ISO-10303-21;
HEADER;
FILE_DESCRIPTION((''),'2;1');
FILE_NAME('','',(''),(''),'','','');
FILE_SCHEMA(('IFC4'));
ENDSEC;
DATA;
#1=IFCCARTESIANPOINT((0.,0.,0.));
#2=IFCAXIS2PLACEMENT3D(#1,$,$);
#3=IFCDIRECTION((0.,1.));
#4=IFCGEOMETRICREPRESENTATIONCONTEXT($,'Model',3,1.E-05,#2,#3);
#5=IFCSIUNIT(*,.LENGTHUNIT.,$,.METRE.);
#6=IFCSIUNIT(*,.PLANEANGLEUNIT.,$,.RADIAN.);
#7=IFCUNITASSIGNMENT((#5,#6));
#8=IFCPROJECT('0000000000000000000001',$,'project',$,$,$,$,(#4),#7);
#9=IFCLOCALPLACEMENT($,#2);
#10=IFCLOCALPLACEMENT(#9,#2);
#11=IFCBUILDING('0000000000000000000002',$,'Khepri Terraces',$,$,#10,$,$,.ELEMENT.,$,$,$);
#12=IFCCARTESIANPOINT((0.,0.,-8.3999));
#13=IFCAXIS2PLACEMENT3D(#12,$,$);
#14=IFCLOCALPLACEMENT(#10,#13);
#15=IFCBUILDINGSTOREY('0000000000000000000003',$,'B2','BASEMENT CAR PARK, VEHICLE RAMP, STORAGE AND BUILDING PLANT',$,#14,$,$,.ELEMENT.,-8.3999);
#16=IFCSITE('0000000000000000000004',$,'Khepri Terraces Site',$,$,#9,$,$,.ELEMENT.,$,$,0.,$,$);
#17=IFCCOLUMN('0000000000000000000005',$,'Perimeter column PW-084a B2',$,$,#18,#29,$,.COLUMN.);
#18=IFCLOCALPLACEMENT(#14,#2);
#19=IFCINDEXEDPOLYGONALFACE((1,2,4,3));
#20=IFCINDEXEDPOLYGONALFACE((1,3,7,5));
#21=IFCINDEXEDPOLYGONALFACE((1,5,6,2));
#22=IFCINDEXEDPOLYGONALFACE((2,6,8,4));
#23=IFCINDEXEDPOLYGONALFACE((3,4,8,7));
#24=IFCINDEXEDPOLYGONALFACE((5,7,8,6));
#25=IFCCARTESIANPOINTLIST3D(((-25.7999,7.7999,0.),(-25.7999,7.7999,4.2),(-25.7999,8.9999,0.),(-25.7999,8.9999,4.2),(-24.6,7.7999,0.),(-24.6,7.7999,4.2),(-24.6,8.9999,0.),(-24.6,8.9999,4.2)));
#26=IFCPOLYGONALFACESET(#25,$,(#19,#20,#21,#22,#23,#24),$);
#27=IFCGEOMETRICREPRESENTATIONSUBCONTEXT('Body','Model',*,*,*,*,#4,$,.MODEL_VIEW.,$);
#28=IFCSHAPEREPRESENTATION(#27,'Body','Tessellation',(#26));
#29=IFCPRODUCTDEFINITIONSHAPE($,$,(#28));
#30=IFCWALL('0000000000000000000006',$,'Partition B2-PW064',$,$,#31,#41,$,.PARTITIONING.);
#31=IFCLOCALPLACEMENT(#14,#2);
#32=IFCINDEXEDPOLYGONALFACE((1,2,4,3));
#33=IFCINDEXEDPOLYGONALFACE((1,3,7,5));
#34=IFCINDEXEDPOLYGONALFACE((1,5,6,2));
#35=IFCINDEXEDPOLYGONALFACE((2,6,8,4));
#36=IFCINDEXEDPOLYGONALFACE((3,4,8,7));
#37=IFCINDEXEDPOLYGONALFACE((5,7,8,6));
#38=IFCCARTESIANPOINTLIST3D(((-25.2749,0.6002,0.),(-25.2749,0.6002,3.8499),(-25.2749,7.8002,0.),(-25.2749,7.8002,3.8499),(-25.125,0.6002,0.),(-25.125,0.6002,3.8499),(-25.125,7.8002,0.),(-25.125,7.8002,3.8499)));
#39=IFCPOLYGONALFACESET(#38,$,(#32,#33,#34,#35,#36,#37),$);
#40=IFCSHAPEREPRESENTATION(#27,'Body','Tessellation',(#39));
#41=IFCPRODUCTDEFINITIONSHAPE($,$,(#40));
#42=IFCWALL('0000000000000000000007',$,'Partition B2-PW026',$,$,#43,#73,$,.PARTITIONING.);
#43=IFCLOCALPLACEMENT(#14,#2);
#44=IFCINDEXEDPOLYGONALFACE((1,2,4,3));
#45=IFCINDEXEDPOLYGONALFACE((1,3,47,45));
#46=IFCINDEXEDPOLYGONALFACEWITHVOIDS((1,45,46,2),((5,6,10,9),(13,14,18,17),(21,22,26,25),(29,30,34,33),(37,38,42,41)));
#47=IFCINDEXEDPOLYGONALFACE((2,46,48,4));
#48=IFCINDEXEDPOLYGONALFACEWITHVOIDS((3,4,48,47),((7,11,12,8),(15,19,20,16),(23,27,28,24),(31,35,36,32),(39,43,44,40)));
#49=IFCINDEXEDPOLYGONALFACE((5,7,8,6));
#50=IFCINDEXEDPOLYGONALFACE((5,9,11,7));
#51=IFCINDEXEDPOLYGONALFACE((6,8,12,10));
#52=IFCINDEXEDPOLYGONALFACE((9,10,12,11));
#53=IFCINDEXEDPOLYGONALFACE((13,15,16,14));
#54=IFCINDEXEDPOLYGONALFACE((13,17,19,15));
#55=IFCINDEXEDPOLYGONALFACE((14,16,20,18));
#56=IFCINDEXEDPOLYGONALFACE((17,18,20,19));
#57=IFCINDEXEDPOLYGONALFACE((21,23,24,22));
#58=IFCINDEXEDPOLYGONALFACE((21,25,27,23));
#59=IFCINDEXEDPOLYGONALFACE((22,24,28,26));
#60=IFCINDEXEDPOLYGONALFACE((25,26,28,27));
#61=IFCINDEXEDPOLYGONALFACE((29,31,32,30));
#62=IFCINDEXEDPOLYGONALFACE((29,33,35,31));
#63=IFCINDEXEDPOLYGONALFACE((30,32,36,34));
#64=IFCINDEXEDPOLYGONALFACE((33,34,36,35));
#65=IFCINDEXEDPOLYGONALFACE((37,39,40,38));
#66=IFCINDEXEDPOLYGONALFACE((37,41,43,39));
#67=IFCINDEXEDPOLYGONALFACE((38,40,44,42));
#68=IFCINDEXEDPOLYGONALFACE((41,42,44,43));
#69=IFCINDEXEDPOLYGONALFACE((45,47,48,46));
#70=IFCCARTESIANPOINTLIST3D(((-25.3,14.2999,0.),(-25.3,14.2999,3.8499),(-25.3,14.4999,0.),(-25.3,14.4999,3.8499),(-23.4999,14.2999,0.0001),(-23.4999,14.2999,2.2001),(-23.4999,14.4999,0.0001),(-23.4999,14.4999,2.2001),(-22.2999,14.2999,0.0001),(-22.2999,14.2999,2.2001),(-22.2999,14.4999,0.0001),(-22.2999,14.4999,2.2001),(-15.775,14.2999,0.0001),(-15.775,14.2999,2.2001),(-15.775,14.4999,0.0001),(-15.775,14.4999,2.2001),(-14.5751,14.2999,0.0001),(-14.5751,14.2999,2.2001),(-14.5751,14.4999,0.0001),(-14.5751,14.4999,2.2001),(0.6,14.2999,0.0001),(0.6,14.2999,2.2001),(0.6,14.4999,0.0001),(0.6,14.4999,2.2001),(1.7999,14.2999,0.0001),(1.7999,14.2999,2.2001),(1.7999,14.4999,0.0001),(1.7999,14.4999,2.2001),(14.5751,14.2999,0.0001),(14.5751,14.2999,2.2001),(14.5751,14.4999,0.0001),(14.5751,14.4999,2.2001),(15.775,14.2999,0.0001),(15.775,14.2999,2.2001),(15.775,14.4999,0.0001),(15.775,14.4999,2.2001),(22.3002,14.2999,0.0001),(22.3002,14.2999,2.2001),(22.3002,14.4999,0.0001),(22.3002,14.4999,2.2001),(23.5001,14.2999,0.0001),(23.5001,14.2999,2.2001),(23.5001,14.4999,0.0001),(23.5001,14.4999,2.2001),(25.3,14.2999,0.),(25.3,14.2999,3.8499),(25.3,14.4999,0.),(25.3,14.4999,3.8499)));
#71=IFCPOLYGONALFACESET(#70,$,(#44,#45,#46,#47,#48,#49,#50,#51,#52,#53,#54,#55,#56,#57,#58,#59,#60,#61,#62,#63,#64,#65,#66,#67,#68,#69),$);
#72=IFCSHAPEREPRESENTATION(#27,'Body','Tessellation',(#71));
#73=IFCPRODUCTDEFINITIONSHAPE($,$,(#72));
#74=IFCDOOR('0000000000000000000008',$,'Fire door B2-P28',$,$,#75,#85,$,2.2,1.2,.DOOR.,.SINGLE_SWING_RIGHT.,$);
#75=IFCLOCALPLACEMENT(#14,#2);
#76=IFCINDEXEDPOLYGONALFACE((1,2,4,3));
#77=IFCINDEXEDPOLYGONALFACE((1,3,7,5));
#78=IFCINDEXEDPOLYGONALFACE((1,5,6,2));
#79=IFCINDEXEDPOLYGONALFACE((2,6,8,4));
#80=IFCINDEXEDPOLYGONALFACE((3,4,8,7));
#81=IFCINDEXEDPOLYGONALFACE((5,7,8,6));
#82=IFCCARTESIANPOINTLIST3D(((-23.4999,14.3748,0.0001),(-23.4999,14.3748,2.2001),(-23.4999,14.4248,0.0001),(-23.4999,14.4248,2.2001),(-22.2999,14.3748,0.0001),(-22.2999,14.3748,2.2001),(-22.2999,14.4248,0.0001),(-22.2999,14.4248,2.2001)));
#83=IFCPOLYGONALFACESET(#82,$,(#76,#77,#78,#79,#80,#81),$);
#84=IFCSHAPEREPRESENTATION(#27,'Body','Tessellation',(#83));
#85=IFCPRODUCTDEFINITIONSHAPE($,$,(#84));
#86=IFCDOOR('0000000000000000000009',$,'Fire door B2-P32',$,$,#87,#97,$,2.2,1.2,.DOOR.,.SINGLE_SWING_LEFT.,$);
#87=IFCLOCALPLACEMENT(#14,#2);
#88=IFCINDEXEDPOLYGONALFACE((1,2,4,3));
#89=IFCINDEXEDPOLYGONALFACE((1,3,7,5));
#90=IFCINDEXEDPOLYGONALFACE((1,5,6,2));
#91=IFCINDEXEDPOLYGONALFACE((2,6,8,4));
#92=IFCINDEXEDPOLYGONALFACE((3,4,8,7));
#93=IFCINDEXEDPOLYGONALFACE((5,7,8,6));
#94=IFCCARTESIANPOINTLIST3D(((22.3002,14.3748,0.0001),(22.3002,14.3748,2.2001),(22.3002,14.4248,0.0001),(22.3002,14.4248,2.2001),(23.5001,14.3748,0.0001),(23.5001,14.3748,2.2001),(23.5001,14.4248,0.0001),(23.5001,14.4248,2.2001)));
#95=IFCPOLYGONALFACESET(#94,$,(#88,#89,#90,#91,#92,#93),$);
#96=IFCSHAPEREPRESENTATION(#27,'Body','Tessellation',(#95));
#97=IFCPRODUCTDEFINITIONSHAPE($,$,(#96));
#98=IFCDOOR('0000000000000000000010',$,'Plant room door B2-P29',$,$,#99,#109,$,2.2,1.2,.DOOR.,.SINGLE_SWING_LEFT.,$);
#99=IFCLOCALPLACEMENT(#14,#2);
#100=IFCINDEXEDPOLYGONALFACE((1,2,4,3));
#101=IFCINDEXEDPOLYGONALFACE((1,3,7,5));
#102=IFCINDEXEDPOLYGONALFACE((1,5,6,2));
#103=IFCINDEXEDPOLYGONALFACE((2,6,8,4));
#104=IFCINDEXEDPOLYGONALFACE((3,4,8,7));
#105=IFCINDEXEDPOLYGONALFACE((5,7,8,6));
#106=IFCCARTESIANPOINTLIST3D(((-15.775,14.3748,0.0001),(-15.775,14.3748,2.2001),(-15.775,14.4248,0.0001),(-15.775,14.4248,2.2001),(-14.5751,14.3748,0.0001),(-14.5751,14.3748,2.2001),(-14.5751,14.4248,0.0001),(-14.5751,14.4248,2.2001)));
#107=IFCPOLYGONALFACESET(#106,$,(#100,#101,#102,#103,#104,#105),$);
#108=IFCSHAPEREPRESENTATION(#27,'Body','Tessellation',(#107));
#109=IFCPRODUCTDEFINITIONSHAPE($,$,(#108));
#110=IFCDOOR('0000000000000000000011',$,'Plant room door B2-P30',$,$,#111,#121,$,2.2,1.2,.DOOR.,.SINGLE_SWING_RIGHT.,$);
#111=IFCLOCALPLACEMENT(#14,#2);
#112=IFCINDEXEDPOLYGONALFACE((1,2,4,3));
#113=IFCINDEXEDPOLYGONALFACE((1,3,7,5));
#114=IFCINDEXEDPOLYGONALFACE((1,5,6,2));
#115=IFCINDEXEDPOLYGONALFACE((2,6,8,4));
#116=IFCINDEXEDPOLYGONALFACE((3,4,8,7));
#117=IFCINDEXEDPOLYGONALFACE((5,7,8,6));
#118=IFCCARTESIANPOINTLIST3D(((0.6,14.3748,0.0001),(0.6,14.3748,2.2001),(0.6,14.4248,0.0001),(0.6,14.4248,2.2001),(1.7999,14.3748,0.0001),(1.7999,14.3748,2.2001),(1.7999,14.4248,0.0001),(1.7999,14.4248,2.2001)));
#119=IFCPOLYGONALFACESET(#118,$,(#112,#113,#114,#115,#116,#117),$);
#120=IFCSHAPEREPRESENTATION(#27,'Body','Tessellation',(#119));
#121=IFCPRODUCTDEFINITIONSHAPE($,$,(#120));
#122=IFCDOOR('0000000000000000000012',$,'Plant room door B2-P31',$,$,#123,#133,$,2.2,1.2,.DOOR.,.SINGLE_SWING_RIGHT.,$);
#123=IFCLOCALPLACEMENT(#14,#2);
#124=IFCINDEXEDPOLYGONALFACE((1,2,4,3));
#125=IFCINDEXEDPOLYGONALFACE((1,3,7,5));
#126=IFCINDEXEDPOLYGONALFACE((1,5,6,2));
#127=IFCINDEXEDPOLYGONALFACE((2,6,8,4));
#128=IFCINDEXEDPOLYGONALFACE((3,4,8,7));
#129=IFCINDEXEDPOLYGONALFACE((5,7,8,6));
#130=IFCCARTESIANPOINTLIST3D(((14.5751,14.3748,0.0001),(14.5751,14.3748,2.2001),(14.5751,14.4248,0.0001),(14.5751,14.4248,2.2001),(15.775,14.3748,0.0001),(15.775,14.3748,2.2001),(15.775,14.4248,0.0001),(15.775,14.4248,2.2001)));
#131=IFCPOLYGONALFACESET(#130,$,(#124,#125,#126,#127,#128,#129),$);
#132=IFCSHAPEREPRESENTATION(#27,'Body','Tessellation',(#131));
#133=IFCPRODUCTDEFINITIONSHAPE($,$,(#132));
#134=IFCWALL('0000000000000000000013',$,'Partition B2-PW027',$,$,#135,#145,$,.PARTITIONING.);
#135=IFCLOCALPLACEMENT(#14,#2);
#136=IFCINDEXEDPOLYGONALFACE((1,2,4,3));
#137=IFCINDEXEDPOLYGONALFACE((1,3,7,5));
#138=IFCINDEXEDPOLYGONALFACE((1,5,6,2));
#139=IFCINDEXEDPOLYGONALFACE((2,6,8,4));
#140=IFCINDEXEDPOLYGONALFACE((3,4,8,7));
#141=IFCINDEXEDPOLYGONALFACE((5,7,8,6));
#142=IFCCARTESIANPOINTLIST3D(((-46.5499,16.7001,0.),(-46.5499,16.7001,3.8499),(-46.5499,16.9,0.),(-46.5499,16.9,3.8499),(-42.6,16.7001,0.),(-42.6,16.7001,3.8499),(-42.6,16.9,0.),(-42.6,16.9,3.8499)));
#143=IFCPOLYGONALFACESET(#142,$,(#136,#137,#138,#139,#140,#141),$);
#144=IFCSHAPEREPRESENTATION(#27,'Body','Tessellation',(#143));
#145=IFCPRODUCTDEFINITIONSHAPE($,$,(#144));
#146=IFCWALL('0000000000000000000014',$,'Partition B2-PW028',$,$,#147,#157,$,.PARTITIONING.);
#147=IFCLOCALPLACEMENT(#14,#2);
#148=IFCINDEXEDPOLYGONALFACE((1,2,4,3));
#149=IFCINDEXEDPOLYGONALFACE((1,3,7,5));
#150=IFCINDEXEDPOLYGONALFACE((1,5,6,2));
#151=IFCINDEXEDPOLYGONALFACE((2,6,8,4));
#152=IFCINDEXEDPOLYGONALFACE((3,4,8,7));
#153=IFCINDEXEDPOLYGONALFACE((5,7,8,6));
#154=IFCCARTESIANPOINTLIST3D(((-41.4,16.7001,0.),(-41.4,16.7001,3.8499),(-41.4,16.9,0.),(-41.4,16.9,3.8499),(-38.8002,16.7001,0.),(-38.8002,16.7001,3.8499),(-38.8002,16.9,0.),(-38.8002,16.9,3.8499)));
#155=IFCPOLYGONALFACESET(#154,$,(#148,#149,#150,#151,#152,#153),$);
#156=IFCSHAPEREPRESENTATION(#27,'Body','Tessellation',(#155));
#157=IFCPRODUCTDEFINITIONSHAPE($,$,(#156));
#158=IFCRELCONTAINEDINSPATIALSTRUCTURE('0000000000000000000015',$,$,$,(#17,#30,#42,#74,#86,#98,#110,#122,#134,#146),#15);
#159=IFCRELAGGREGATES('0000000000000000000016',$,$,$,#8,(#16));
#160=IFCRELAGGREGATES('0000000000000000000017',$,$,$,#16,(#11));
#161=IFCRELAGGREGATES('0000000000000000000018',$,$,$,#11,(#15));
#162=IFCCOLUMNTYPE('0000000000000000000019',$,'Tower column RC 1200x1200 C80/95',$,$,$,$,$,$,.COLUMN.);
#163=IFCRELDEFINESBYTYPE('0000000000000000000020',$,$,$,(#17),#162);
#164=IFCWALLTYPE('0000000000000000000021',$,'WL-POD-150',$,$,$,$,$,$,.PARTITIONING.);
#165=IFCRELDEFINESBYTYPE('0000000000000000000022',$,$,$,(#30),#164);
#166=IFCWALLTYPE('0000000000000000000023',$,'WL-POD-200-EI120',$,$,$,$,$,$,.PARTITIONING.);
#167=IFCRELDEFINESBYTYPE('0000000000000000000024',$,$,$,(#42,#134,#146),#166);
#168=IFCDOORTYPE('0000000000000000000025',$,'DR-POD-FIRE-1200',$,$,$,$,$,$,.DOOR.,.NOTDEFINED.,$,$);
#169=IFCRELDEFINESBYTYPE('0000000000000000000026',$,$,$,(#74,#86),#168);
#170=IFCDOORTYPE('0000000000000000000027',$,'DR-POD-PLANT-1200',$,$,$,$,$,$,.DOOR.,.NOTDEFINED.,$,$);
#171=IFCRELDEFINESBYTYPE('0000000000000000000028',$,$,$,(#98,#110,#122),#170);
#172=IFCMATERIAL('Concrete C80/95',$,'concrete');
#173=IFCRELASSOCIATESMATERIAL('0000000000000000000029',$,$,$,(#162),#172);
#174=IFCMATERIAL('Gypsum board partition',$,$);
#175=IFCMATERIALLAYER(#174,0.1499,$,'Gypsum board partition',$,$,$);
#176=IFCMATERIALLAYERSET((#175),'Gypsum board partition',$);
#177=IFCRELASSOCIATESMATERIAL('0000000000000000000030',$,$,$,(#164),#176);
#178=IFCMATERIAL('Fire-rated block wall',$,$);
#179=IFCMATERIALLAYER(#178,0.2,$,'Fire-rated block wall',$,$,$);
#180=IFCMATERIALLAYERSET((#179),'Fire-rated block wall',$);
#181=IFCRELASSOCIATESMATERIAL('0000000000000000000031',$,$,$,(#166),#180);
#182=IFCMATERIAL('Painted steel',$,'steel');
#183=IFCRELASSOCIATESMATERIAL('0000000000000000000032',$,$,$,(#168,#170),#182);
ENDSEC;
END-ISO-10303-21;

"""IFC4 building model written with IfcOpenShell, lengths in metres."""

from ifc_helpers import new_model, si_unit, direction, frame, frame_2d, origin, origin_2d, place, context, subcontext, project, spatial, rectangle, extrude, material, layer, layer_set, material_profile, profile_set, type_object, element, fill, save


model = new_model("IFC4")

# Units and contexts
model_context = context("Model", 3, precision=1e-05, world=origin(), true_north=direction((0.0, 1.0)))
body_context = subcontext(model_context, "Body", "Model", "MODEL_VIEW")
ifc_project = project(units=[si_unit("LENGTHUNIT", "METRE"), si_unit("PLANEANGLEUNIT", "RADIAN")], contexts=[model_context])

# Site, building, storey
site_placement = place(None, origin())
site = spatial("IfcSite", under=ifc_project, at=site_placement, Name="Khepri Terraces Site", CompositionType="ELEMENT", RefElevation=0.0)
building_placement = place(site_placement, origin())
building = spatial("IfcBuilding", under=site, at=building_placement, Name="Khepri Terraces", CompositionType="ELEMENT")
storey_placement = place(building_placement, frame((0.0, 0.0, -8.3999)))
storey = spatial("IfcBuildingStorey", under=building, at=storey_placement, Name="B2", Description="BASEMENT CAR PARK, VEHICLE RAMP, STORAGE AND BUILDING PLANT", CompositionType="ELEMENT", Elevation=-8.3999)

# Column
ifc_material_1 = material(Name="Concrete C80/95", Category="concrete")
ifc_material_profile_1 = material_profile(ifc_material_1, rectangle(XDim=1.2, YDim=1.2, at=origin_2d()), Name="Concrete C80/95", Category="concrete")
ifc_profile_set_1 = profile_set([ifc_material_profile_1], Name="Concrete C80/95")
column_type_1 = type_object("IfcColumnType", Name="Tower column RC 1200x1200 C80/95", PredefinedType="COLUMN", material=ifc_profile_set_1)
column_placement = place(storey_placement, frame((-25.2, 8.3999, 0.0), z_axis=(0.0, 0.0, 1.0), x_axis=(1.0, 0.0, 0.0)))
element("IfcColumn", 1, at=column_placement, inside=storey, type_object=column_type_1, Name="Perimeter column PW-084a B2", PredefinedType="COLUMN", context=body_context, shape_type="SweptSolid", body=[
    extrude(rectangle(XDim=1.2, YDim=1.2, at=origin_2d()), origin(), (0.0, 0.0, 1.0), 4.2),
])

# Wall
ifc_material_2 = material(Name="Gypsum board partition")
ifc_layer_1 = layer(ifc_material_2, 0.1499, Name="Gypsum board partition")
ifc_layer_set_1 = layer_set([ifc_layer_1], Name="Gypsum board partition")
wall_type_1 = type_object("IfcWallType", Name="WL-POD-150", PredefinedType="PARTITIONING", material=ifc_layer_set_1)
wall_1_placement = place(storey_placement, frame((-25.2, 0.6001, 0.0), z_axis=(0.0, 0.0, 1.0), x_axis=(0.0, 1.0, 0.0)))
element("IfcWall", 2, at=wall_1_placement, inside=storey, type_object=wall_type_1, Name="Partition B2-PW064", PredefinedType="PARTITIONING", context=body_context, shape_type="SweptSolid", body=[
    extrude(rectangle(XDim=7.2, YDim=0.1499, at=frame_2d((3.6001, 0.0))), origin(), (0.0, 0.0, 1.0), 3.8499),
])

# Wall, openings, doors
ifc_material_3 = material(Name="Fire-rated block wall")
ifc_layer_2 = layer(ifc_material_3, 0.2, Name="Fire-rated block wall")
ifc_layer_set_2 = layer_set([ifc_layer_2], Name="Fire-rated block wall")
wall_type_2 = type_object("IfcWallType", Name="WL-POD-200-EI120", PredefinedType="PARTITIONING", material=ifc_layer_set_2)
wall_2_placement = place(storey_placement, frame((-25.3, 14.3999, 0.0), z_axis=(0.0, 0.0, 1.0), x_axis=(1.0, 0.0, 0.0)))
wall_2 = element("IfcWall", 3, at=wall_2_placement, inside=storey, type_object=wall_type_2, Name="Partition B2-PW026", PredefinedType="PARTITIONING", context=body_context, shape_type="SweptSolid", body=[
    extrude(rectangle(XDim=50.6001, YDim=0.2, at=frame_2d((25.3, 0.0))), origin(), (0.0, 0.0, 1.0), 3.8499),
])
opening_1_placement = place(wall_2_placement, frame((1.8, 0.0, 0.0)))
opening_1 = element("IfcOpeningElement", 4, at=opening_1_placement, cuts=wall_2, PredefinedType="OPENING", context=body_context, shape_type="SweptSolid", body=[
    extrude(rectangle(XDim=1.2, YDim=2.2, at=frame_2d((0.6001, 1.1001))), frame((0.0, 0.1099, 0.0), z_axis=(0.0, -1.0, 0.0), x_axis=(1.0, 0.0, 0.0)), (0.0, 0.0, 1.0), 0.22),
])
opening_2_placement = place(wall_2_placement, frame((9.5249, 0.0, 0.0)))
opening_2 = element("IfcOpeningElement", 5, at=opening_2_placement, cuts=wall_2, PredefinedType="OPENING", context=body_context, shape_type="SweptSolid", body=[
    extrude(rectangle(XDim=1.2, YDim=2.2, at=frame_2d((0.6001, 1.1001))), frame((0.0, 0.1099, 0.0), z_axis=(0.0, -1.0, 0.0), x_axis=(1.0, 0.0, 0.0)), (0.0, 0.0, 1.0), 0.22),
])
opening_3_placement = place(wall_2_placement, frame((25.8999, 0.0, 0.0)))
opening_3 = element("IfcOpeningElement", 6, at=opening_3_placement, cuts=wall_2, PredefinedType="OPENING", context=body_context, shape_type="SweptSolid", body=[
    extrude(rectangle(XDim=1.2, YDim=2.2, at=frame_2d((0.6001, 1.1001))), frame((0.0, 0.1099, 0.0), z_axis=(0.0, -1.0, 0.0), x_axis=(1.0, 0.0, 0.0)), (0.0, 0.0, 1.0), 0.22),
])
opening_4_placement = place(wall_2_placement, frame((39.875, 0.0, 0.0)))
opening_4 = element("IfcOpeningElement", 7, at=opening_4_placement, cuts=wall_2, PredefinedType="OPENING", context=body_context, shape_type="SweptSolid", body=[
    extrude(rectangle(XDim=1.2, YDim=2.2, at=frame_2d((0.6001, 1.1001))), frame((0.0, 0.1099, 0.0), z_axis=(0.0, -1.0, 0.0), x_axis=(1.0, 0.0, 0.0)), (0.0, 0.0, 1.0), 0.22),
])
opening_5_placement = place(wall_2_placement, frame((47.6001, 0.0, 0.0)))
opening_5 = element("IfcOpeningElement", 8, at=opening_5_placement, cuts=wall_2, PredefinedType="OPENING", context=body_context, shape_type="SweptSolid", body=[
    extrude(rectangle(XDim=1.2, YDim=2.2, at=frame_2d((0.6001, 1.1001))), frame((0.0, 0.1099, 0.0), z_axis=(0.0, -1.0, 0.0), x_axis=(1.0, 0.0, 0.0)), (0.0, 0.0, 1.0), 0.22),
])
ifc_material_4 = material(Name="Painted steel", Category="steel")
door_type_1 = type_object("IfcDoorType", Name="DR-POD-FIRE-1200", OperationType="NOTDEFINED", PredefinedType="DOOR", material=ifc_material_4)
door_1_placement = place(opening_1_placement, origin())
door_1 = element("IfcDoor", 9, at=door_1_placement, inside=storey, type_object=door_type_1, Name="Fire door B2-P28", OperationType="SINGLE_SWING_RIGHT", OverallHeight=2.2, OverallWidth=1.2, PredefinedType="DOOR", context=body_context, shape_type="SweptSolid", body=[
    extrude(rectangle(XDim=1.2, YDim=2.2, at=frame_2d((0.6001, 1.1001))), frame((0.0, 0.0249, 0.0), z_axis=(0.0, -1.0, 0.0), x_axis=(1.0, 0.0, 0.0)), (0.0, 0.0, 1.0), 0.05),
])
fill(opening_1, door_1)
door_2_placement = place(opening_5_placement, origin())
door_2 = element("IfcDoor", 10, at=door_2_placement, inside=storey, type_object=door_type_1, Name="Fire door B2-P32", OperationType="SINGLE_SWING_LEFT", OverallHeight=2.2, OverallWidth=1.2, PredefinedType="DOOR", context=body_context, shape_type="SweptSolid", body=[
    extrude(rectangle(XDim=1.2, YDim=2.2, at=frame_2d((0.6001, 1.1001))), frame((0.0, 0.0249, 0.0), z_axis=(0.0, -1.0, 0.0), x_axis=(1.0, 0.0, 0.0)), (0.0, 0.0, 1.0), 0.05),
])
fill(opening_5, door_2)
door_type_2 = type_object("IfcDoorType", Name="DR-POD-PLANT-1200", OperationType="NOTDEFINED", PredefinedType="DOOR", material=ifc_material_4)
door_3_placement = place(opening_2_placement, origin())
door_3 = element("IfcDoor", 11, at=door_3_placement, inside=storey, type_object=door_type_2, Name="Plant room door B2-P29", OperationType="SINGLE_SWING_LEFT", OverallHeight=2.2, OverallWidth=1.2, PredefinedType="DOOR", context=body_context, shape_type="SweptSolid", body=[
    extrude(rectangle(XDim=1.2, YDim=2.2, at=frame_2d((0.6001, 1.1001))), frame((0.0, 0.0249, 0.0), z_axis=(0.0, -1.0, 0.0), x_axis=(1.0, 0.0, 0.0)), (0.0, 0.0, 1.0), 0.05),
])
fill(opening_2, door_3)
door_4_placement = place(opening_3_placement, origin())
door_4 = element("IfcDoor", 12, at=door_4_placement, inside=storey, type_object=door_type_2, Name="Plant room door B2-P30", OperationType="SINGLE_SWING_RIGHT", OverallHeight=2.2, OverallWidth=1.2, PredefinedType="DOOR", context=body_context, shape_type="SweptSolid", body=[
    extrude(rectangle(XDim=1.2, YDim=2.2, at=frame_2d((0.6001, 1.1001))), frame((0.0, 0.0249, 0.0), z_axis=(0.0, -1.0, 0.0), x_axis=(1.0, 0.0, 0.0)), (0.0, 0.0, 1.0), 0.05),
])
fill(opening_3, door_4)
door_5_placement = place(opening_4_placement, origin())
door_5 = element("IfcDoor", 13, at=door_5_placement, inside=storey, type_object=door_type_2, Name="Plant room door B2-P31", OperationType="SINGLE_SWING_RIGHT", OverallHeight=2.2, OverallWidth=1.2, PredefinedType="DOOR", context=body_context, shape_type="SweptSolid", body=[
    extrude(rectangle(XDim=1.2, YDim=2.2, at=frame_2d((0.6001, 1.1001))), frame((0.0, 0.0249, 0.0), z_axis=(0.0, -1.0, 0.0), x_axis=(1.0, 0.0, 0.0)), (0.0, 0.0, 1.0), 0.05),
])
fill(opening_4, door_5)

# Walls
wall_3_placement = place(storey_placement, frame((-46.55, 16.8, 0.0), z_axis=(0.0, 0.0, 1.0), x_axis=(1.0, 0.0, 0.0)))
element("IfcWall", 14, at=wall_3_placement, inside=storey, type_object=wall_type_2, Name="Partition B2-PW027", PredefinedType="PARTITIONING", context=body_context, shape_type="SweptSolid", body=[
    extrude(rectangle(XDim=3.95, YDim=0.2, at=frame_2d((1.9751, 0.0))), origin(), (0.0, 0.0, 1.0), 3.8499),
])
wall_4_placement = place(storey_placement, frame((-41.3999, 16.8, 0.0), z_axis=(0.0, 0.0, 1.0), x_axis=(1.0, 0.0, 0.0)))
element("IfcWall", 15, at=wall_4_placement, inside=storey, type_object=wall_type_2, Name="Partition B2-PW028", PredefinedType="PARTITIONING", context=body_context, shape_type="SweptSolid", body=[
    extrude(rectangle(XDim=2.5999, YDim=0.2, at=frame_2d((1.2998, 0.0))), origin(), (0.0, 0.0, 1.0), 3.8499),
])

save(model, "model.ifc")
